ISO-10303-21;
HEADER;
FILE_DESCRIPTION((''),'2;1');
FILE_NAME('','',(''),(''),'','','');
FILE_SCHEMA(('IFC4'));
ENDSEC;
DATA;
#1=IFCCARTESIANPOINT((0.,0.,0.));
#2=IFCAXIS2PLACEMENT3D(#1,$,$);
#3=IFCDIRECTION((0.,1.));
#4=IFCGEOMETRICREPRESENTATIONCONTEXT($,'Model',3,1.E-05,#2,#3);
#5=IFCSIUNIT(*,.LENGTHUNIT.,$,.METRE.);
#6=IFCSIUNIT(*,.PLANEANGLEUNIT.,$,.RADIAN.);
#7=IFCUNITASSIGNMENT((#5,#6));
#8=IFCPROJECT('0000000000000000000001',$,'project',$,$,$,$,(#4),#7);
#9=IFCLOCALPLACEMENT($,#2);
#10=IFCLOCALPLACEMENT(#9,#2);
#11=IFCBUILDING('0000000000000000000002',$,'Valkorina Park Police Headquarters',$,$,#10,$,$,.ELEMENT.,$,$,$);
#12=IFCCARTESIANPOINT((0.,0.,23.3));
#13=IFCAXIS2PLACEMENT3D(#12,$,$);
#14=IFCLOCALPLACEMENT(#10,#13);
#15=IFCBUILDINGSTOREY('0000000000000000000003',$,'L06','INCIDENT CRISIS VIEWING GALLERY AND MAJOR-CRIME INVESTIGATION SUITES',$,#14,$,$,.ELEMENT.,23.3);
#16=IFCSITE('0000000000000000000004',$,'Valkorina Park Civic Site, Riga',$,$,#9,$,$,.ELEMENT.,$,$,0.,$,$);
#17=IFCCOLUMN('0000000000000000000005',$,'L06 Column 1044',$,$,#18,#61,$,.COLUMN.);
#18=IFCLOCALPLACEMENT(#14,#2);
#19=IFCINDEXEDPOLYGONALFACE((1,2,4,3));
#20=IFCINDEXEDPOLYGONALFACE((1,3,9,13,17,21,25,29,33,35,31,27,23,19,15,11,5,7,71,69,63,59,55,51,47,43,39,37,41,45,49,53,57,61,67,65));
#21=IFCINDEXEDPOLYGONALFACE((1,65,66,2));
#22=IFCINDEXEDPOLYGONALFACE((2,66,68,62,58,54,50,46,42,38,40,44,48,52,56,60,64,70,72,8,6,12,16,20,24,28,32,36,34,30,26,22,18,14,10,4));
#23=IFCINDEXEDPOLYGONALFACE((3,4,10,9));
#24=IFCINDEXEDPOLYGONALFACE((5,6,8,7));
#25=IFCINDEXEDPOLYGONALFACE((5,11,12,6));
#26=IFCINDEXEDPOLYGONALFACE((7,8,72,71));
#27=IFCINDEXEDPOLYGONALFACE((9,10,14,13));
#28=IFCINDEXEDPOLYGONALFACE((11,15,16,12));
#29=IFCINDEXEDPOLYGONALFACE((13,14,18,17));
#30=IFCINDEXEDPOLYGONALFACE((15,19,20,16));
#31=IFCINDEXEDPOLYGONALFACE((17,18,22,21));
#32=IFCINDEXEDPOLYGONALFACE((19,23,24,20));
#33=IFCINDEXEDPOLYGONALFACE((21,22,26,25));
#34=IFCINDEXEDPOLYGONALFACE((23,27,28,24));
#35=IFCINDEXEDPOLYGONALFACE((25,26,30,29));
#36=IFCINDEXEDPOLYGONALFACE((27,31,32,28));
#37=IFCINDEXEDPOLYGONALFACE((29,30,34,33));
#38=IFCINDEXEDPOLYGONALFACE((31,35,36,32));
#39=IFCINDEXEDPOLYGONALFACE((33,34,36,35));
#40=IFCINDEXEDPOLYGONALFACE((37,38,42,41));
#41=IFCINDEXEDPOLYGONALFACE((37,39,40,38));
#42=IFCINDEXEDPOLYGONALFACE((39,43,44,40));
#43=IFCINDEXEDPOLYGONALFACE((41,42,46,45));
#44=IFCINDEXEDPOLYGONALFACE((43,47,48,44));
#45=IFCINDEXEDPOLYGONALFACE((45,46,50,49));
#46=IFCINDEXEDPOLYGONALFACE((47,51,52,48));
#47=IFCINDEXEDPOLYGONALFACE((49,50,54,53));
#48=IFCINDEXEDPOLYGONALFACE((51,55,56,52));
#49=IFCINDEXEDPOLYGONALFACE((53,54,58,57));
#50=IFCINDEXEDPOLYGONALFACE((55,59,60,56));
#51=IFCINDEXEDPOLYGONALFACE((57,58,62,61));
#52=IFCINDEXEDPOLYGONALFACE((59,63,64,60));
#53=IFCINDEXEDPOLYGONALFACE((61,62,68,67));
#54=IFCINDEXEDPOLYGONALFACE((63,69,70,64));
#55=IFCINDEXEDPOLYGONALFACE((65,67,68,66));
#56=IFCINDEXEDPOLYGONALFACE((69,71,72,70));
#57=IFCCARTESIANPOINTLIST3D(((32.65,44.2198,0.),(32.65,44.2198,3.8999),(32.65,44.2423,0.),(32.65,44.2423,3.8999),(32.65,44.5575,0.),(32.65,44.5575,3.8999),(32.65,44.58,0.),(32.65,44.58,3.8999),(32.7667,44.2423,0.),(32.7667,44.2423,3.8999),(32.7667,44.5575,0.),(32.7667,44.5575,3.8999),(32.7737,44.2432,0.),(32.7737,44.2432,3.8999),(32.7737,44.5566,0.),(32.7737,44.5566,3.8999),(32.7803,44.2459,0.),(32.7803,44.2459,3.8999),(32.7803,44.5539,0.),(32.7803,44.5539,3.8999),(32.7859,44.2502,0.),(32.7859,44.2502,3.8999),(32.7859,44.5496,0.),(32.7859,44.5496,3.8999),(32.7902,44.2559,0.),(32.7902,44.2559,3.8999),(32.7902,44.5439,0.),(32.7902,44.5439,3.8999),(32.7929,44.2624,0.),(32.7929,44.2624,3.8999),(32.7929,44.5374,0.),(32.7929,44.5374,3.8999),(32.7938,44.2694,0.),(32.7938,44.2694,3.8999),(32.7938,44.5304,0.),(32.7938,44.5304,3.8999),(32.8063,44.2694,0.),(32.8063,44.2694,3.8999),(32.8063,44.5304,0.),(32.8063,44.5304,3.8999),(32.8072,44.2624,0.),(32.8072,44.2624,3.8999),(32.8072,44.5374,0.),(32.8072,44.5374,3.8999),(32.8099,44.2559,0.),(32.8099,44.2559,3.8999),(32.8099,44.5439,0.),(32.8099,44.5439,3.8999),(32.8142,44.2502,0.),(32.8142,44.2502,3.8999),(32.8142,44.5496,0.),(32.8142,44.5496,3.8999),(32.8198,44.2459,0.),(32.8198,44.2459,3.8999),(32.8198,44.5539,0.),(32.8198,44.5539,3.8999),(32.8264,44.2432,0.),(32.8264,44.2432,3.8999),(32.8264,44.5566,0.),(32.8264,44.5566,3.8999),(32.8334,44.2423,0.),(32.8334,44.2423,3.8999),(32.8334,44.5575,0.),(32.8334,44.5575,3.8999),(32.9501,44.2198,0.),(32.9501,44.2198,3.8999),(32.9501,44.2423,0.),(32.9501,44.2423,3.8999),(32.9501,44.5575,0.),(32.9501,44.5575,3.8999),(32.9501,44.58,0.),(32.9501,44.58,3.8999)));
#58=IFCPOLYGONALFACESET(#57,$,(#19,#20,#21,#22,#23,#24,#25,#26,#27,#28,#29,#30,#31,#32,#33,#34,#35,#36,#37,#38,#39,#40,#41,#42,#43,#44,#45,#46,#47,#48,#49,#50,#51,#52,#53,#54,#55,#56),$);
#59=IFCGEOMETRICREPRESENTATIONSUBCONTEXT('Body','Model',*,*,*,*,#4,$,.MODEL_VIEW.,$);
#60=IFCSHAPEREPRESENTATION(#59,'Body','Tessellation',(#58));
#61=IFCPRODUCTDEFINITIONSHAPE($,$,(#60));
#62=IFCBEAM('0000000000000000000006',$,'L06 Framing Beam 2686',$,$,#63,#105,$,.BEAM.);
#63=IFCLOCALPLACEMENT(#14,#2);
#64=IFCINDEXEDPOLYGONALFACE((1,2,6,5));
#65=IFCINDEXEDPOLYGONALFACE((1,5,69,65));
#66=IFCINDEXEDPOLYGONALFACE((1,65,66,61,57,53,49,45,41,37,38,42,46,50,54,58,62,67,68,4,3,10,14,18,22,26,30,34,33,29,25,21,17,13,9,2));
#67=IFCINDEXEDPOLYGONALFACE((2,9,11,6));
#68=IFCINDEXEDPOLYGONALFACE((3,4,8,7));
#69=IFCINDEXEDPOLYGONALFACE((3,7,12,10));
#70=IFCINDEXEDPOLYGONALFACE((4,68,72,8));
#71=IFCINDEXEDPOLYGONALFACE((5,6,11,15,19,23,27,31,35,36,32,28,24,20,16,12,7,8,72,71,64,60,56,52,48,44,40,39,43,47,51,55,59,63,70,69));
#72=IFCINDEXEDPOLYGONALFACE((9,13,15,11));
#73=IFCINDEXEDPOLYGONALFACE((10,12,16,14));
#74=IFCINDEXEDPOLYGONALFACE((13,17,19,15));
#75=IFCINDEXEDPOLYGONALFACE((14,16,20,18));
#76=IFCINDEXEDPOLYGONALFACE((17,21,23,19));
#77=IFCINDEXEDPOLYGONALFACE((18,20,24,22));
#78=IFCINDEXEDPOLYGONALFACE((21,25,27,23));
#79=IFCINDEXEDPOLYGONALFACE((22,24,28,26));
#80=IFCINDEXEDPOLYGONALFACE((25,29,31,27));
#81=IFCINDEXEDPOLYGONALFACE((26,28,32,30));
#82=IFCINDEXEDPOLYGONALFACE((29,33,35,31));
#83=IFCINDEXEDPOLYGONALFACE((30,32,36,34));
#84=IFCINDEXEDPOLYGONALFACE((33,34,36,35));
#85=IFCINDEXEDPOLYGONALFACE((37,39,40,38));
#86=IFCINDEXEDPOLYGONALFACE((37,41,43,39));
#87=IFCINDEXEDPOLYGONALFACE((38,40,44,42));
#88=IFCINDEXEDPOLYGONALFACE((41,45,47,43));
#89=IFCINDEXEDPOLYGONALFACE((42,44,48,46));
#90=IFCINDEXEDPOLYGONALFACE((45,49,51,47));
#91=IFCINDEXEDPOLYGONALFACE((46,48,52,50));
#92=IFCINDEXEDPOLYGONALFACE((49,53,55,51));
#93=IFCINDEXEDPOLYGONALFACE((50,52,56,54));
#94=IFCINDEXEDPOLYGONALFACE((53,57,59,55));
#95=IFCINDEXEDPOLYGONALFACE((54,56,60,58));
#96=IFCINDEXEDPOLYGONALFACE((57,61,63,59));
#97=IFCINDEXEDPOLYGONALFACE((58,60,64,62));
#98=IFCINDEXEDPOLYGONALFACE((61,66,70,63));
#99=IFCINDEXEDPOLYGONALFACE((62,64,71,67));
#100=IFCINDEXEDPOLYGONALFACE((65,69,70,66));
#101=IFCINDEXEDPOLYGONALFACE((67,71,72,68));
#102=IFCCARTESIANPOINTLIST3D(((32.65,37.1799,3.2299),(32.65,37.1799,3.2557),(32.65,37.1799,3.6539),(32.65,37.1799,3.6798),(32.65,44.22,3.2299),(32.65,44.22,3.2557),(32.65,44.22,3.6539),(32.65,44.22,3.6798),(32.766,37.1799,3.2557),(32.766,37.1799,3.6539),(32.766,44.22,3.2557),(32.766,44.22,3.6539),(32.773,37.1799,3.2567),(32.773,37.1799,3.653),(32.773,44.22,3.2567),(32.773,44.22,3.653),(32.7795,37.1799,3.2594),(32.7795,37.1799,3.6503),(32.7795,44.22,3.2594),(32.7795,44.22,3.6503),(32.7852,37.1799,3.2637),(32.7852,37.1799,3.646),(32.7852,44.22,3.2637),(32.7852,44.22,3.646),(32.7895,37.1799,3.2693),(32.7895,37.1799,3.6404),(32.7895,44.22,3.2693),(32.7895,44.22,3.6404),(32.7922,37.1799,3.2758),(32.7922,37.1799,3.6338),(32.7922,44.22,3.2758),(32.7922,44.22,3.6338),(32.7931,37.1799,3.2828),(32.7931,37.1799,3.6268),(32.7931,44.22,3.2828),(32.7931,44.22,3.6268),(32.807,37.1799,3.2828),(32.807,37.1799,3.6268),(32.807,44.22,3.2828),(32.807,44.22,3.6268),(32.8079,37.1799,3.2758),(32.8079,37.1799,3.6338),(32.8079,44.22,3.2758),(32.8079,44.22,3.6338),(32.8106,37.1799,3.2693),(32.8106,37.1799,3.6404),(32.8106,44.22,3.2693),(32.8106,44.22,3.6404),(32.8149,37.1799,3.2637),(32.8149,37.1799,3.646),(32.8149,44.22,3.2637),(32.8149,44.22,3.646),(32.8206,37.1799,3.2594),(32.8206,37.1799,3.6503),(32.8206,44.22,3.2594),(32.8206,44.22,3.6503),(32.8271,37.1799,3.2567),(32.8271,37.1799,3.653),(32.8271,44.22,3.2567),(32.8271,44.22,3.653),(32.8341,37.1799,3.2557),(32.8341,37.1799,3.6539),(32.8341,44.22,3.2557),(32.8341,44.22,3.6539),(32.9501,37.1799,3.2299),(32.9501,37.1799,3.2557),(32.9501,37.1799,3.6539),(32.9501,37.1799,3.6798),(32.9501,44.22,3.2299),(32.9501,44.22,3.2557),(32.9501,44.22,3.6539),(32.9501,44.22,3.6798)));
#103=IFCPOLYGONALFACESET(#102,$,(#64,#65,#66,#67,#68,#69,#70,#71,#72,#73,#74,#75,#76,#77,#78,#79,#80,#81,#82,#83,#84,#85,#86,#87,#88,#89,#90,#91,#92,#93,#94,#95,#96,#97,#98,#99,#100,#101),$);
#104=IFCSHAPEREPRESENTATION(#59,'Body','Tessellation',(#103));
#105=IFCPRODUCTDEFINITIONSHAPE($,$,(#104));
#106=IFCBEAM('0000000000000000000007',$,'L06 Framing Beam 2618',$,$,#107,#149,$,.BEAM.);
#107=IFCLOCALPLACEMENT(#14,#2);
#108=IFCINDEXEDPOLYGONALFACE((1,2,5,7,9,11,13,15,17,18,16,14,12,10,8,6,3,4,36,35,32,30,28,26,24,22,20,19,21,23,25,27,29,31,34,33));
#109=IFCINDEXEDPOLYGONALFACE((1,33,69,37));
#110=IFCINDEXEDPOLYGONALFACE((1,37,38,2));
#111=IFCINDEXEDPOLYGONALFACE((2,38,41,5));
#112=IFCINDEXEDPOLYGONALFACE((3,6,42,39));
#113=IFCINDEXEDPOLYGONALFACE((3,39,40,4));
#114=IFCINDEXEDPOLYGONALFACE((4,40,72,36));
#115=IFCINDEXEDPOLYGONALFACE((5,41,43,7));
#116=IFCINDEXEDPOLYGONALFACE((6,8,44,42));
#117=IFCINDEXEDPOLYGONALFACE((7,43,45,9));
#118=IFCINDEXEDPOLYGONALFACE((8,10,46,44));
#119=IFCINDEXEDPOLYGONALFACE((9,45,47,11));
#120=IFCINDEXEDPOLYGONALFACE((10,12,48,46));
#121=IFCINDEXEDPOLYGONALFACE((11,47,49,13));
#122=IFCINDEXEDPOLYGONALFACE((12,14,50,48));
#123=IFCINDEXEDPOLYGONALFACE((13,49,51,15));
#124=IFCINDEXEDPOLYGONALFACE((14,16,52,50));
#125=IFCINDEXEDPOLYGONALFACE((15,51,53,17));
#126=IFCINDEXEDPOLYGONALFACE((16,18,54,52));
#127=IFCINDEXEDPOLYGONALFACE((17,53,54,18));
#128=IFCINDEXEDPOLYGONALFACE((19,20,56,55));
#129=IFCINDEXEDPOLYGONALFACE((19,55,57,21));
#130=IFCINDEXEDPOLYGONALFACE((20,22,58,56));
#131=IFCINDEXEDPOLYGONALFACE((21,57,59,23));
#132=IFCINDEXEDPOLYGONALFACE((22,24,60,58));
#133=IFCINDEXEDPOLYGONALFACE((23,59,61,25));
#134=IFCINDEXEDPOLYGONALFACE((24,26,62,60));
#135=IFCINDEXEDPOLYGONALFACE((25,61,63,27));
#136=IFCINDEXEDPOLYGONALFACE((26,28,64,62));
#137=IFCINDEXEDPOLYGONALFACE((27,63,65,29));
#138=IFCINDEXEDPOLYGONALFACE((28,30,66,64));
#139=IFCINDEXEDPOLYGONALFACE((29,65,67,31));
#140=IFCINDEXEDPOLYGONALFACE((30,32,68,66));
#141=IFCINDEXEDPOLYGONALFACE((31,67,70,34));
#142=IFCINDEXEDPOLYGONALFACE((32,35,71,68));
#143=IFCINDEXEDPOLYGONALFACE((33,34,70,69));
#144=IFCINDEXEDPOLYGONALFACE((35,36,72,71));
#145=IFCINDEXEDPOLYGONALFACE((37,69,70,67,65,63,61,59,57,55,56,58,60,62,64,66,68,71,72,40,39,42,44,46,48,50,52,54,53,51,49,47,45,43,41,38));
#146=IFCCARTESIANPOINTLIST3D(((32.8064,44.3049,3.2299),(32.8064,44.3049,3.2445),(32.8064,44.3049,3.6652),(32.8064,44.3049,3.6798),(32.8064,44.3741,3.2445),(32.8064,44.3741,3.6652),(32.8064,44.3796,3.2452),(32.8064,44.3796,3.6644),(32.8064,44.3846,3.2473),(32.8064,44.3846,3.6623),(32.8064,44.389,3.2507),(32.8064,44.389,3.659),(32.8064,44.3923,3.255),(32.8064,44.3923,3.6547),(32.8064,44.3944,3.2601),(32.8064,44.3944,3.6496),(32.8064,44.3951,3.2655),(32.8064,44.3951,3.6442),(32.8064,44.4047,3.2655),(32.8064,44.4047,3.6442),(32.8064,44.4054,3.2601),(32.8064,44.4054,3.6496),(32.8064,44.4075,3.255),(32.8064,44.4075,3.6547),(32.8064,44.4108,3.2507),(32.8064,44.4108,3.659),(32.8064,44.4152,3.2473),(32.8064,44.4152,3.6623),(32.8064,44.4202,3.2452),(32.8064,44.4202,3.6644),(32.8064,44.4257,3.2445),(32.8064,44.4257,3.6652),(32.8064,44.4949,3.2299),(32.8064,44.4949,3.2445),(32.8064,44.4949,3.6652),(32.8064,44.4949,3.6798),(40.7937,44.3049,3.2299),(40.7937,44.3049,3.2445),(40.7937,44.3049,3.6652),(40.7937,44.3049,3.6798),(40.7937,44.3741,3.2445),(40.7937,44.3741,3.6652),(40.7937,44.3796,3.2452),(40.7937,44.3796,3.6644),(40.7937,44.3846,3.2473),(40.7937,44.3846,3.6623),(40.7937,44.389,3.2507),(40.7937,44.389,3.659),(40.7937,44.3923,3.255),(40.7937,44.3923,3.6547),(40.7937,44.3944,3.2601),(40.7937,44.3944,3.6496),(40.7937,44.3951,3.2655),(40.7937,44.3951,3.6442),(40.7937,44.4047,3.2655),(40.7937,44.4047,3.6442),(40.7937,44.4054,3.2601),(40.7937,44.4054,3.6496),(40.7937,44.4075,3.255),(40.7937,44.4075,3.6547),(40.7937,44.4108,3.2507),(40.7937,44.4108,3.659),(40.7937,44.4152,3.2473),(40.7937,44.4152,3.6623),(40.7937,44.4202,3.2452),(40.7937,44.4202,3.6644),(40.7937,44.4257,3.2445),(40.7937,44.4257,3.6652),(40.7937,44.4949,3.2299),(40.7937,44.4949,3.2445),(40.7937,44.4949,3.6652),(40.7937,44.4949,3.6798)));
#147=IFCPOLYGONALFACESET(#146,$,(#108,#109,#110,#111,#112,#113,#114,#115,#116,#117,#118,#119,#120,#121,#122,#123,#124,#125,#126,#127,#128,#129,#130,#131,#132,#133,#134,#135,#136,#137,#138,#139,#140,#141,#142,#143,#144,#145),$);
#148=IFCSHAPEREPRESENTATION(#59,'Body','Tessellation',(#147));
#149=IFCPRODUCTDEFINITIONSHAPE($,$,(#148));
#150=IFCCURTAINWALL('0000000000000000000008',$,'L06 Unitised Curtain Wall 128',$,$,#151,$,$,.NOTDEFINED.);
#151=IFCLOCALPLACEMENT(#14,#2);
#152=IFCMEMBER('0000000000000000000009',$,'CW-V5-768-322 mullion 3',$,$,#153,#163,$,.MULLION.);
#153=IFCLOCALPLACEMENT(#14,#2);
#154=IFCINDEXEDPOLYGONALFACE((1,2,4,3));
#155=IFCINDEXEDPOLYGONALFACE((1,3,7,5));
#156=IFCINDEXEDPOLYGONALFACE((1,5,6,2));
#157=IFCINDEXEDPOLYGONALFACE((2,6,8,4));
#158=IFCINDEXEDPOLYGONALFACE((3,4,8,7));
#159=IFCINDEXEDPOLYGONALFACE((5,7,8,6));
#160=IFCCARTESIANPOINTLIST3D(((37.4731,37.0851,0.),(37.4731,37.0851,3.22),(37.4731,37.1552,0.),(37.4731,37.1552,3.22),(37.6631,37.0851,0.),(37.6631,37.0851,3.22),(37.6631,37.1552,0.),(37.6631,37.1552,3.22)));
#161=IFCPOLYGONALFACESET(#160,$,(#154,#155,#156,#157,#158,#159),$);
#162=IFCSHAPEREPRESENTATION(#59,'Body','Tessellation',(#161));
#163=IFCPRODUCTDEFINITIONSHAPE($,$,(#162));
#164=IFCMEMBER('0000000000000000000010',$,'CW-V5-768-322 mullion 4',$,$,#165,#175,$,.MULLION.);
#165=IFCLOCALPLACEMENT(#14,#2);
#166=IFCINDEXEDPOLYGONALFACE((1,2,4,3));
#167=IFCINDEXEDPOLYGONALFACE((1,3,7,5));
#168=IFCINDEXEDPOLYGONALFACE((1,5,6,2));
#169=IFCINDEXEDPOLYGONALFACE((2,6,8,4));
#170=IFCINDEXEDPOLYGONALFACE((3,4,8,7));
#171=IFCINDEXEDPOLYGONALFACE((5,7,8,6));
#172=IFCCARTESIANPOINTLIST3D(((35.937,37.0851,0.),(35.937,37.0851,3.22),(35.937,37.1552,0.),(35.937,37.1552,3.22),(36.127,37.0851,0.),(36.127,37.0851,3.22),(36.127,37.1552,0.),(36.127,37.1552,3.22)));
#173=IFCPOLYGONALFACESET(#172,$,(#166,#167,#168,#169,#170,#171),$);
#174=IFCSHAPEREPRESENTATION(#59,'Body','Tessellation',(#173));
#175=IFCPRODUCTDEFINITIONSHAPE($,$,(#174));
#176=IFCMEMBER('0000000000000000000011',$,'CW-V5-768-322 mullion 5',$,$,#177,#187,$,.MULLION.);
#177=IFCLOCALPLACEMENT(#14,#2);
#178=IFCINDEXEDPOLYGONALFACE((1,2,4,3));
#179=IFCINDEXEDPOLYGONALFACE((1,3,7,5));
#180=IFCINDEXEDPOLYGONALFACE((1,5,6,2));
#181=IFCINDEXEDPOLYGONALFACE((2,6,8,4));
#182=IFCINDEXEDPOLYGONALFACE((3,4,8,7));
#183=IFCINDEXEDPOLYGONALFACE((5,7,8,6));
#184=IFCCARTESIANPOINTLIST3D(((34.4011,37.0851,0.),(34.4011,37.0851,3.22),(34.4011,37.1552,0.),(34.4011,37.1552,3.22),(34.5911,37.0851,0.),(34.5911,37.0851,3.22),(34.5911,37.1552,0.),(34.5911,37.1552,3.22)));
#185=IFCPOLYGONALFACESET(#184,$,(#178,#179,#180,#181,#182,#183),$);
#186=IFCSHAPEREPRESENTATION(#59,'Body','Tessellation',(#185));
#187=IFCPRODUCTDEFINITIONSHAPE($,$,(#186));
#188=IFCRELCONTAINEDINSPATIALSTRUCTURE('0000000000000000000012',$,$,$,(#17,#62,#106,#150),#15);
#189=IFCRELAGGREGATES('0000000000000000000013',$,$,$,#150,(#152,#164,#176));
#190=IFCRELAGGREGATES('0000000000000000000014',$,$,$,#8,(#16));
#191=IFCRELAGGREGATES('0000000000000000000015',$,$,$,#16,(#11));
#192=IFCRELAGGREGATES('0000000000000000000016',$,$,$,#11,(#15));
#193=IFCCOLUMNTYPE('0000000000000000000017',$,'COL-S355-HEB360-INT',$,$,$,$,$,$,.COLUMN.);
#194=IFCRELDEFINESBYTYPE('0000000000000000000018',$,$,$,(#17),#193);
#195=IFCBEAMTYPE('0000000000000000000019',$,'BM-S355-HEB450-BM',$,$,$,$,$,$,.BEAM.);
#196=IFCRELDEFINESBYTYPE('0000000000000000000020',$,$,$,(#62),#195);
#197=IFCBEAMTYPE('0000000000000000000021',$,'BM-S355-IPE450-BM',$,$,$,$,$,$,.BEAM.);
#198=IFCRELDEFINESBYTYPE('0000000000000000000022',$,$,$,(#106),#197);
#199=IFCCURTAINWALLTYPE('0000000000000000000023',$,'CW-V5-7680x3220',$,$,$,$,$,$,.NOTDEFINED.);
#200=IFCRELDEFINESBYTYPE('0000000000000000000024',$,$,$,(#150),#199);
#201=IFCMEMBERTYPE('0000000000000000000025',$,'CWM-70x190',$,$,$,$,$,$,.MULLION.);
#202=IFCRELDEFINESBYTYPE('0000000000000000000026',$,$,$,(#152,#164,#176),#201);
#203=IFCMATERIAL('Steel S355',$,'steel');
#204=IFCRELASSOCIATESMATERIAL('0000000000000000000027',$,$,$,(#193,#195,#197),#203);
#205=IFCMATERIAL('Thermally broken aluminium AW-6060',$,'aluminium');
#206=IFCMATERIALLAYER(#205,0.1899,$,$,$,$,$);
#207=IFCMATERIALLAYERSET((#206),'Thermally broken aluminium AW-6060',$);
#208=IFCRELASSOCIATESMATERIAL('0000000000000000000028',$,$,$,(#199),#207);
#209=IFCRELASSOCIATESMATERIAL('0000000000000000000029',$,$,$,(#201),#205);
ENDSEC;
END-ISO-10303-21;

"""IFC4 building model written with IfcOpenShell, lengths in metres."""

from ifc_helpers import new_model, si_unit, direction, frame, origin, origin_2d, place, context, subcontext, project, spatial, rectangle, i_section, extrude, material, layer, layer_set, material_profile, profile_set, type_object, element, aggregate, save


model = new_model("IFC4")

# Units and contexts
model_context = context("Model", 3, precision=1e-05, world=origin(), true_north=direction((0.0, 1.0)))
body_context = subcontext(model_context, "Body", "Model", "MODEL_VIEW")
ifc_project = project(units=[si_unit("LENGTHUNIT", "METRE"), si_unit("PLANEANGLEUNIT", "RADIAN")], contexts=[model_context])

# Site, building, storey
site_placement = place(None, origin())
site = spatial("IfcSite", under=ifc_project, at=site_placement, Name="Valkorina Park Civic Site, Riga", CompositionType="ELEMENT", RefElevation=0.0)
building_placement = place(site_placement, origin())
building = spatial("IfcBuilding", under=site, at=building_placement, Name="Valkorina Park Police Headquarters", CompositionType="ELEMENT")
storey_placement = place(building_placement, frame((0.0, 0.0, 23.3)))
storey = spatial("IfcBuildingStorey", under=building, at=storey_placement, Name="L06", Description="INCIDENT CRISIS VIEWING GALLERY AND MAJOR-CRIME INVESTIGATION SUITES", CompositionType="ELEMENT", Elevation=23.3)

# Column
ifc_material_1 = material(Name="Steel S355", Category="steel")
ifc_material_profile_1 = material_profile(ifc_material_1, i_section(OverallWidth=0.3, OverallDepth=0.3601, WebThickness=0.0125, FlangeThickness=0.0225, FilletRadius=0.0271, at=origin_2d()), Name="HEB 360")
ifc_profile_set_1 = profile_set([ifc_material_profile_1], Name="Steel S355")
column_type = type_object("IfcColumnType", Name="COL-S355-HEB360-INT", PredefinedType="COLUMN", material=ifc_profile_set_1)
column_placement = place(storey_placement, frame((32.8, 44.3999, 0.0), z_axis=(0.0, 0.0, 1.0), x_axis=(1.0, 0.0, 0.0)))
element("IfcColumn", 1, at=column_placement, inside=storey, type_object=column_type, Name="L06 Column 1044", PredefinedType="COLUMN", context=body_context, shape_type="SweptSolid", body=[
    extrude(i_section(OverallWidth=0.3, OverallDepth=0.3601, WebThickness=0.0125, FlangeThickness=0.0225, FilletRadius=0.0271, at=origin_2d()), origin(), (0.0, 0.0, 1.0), 3.8999),
])

# Beams
ifc_material_profile_2 = material_profile(ifc_material_1, i_section(OverallWidth=0.3, OverallDepth=0.45, WebThickness=0.0139, FlangeThickness=0.0259, FilletRadius=0.0271, at=origin_2d()), Name="HEB 450")
ifc_profile_set_2 = profile_set([ifc_material_profile_2], Name="Steel S355")
beam_type_1 = type_object("IfcBeamType", Name="BM-S355-HEB450-BM", PredefinedType="BEAM", material=ifc_profile_set_2)
beam_1_placement = place(storey_placement, frame((32.8, 37.1799, 3.4548), z_axis=(0.0, 1.0, 0.0), x_axis=(-1.0, 0.0, 0.0)))
element("IfcBeam", 2, at=beam_1_placement, inside=storey, type_object=beam_type_1, Name="L06 Framing Beam 2686", PredefinedType="BEAM", context=body_context, shape_type="SweptSolid", body=[
    extrude(i_section(OverallWidth=0.3, OverallDepth=0.45, WebThickness=0.0139, FlangeThickness=0.0259, FilletRadius=0.0271, at=origin_2d()), origin(), (0.0, 0.0, 1.0), 7.04),
])
ifc_material_profile_3 = material_profile(ifc_material_1, i_section(OverallWidth=0.1899, OverallDepth=0.45, WebThickness=0.0095, FlangeThickness=0.0146, FilletRadius=0.021, at=origin_2d()), Name="IPE 450")
ifc_profile_set_3 = profile_set([ifc_material_profile_3], Name="Steel S355")
beam_type_2 = type_object("IfcBeamType", Name="BM-S355-IPE450-BM", PredefinedType="BEAM", material=ifc_profile_set_3)
beam_2_placement = place(storey_placement, frame((32.8064, 44.3999, 3.4548), z_axis=(1.0, 0.0, 0.0), x_axis=(0.0, 1.0, 0.0)))
element("IfcBeam", 3, at=beam_2_placement, inside=storey, type_object=beam_type_2, Name="L06 Framing Beam 2618", PredefinedType="BEAM", context=body_context, shape_type="SweptSolid", body=[
    extrude(i_section(OverallWidth=0.1899, OverallDepth=0.45, WebThickness=0.0095, FlangeThickness=0.0146, FilletRadius=0.021, at=origin_2d()), origin(), (0.0, 0.0, 1.0), 7.9873),
])

# Curtain wall, members
ifc_material_2 = material(Name="Thermally broken aluminium AW-6060", Category="aluminium")
ifc_layer_1 = layer(ifc_material_2, 0.1899)
ifc_layer_set_1 = layer_set([ifc_layer_1], Name="Thermally broken aluminium AW-6060")
curtain_wall_type = type_object("IfcCurtainWallType", Name="CW-V5-7680x3220", PredefinedType="NOTDEFINED", material=ifc_layer_set_1)
curtain_wall_placement = place(storey_placement, origin())
curtain_wall = element("IfcCurtainWall", 4, at=curtain_wall_placement, inside=storey, type_object=curtain_wall_type, Name="L06 Unitised Curtain Wall 128", PredefinedType="NOTDEFINED")
ifc_material_profile_4 = material_profile(ifc_material_2, rectangle(XDim=0.0701, YDim=0.1899, at=origin_2d()), Name="CWM-02 70x190")
ifc_profile_set_4 = profile_set([ifc_material_profile_4], Name="Thermally broken aluminium AW-6060")
member_type_1 = type_object("IfcMemberType", Name="CWM-70x190", PredefinedType="MULLION", material=ifc_profile_set_4)
member_1_placement = place(storey_placement, frame((37.5681, 37.1201, 0.0), z_axis=(0.0, 0.0, 1.0), x_axis=(0.0, -1.0, 0.0)))
member_1 = element("IfcMember", 5, at=member_1_placement, type_object=member_type_1, Name="CW-V5-768-322 mullion 3", PredefinedType="MULLION", context=body_context, shape_type="SweptSolid", body=[
    extrude(rectangle(XDim=0.0701, YDim=0.1899, at=origin_2d()), origin(), (0.0, 0.0, 1.0), 3.22),
])
member_2_placement = place(storey_placement, frame((36.032, 37.1201, 0.0), z_axis=(0.0, 0.0, 1.0), x_axis=(0.0, -1.0, 0.0)))
member_2 = element("IfcMember", 6, at=member_2_placement, type_object=member_type_1, Name="CW-V5-768-322 mullion 4", PredefinedType="MULLION", context=body_context, shape_type="SweptSolid", body=[
    extrude(rectangle(XDim=0.0701, YDim=0.1899, at=origin_2d()), origin(), (0.0, 0.0, 1.0), 3.22),
])
member_3_placement = place(storey_placement, frame((34.4961, 37.1201, 0.0), z_axis=(0.0, 0.0, 1.0), x_axis=(0.0, -1.0, 0.0)))
member_3 = element("IfcMember", 7, at=member_3_placement, type_object=member_type_1, Name="CW-V5-768-322 mullion 5", PredefinedType="MULLION", context=body_context, shape_type="SweptSolid", body=[
    extrude(rectangle(XDim=0.0701, YDim=0.1899, at=origin_2d()), origin(), (0.0, 0.0, 1.0), 3.22),
])
aggregate(curtain_wall, [member_1, member_2, member_3])

save(model, "model.ifc")
